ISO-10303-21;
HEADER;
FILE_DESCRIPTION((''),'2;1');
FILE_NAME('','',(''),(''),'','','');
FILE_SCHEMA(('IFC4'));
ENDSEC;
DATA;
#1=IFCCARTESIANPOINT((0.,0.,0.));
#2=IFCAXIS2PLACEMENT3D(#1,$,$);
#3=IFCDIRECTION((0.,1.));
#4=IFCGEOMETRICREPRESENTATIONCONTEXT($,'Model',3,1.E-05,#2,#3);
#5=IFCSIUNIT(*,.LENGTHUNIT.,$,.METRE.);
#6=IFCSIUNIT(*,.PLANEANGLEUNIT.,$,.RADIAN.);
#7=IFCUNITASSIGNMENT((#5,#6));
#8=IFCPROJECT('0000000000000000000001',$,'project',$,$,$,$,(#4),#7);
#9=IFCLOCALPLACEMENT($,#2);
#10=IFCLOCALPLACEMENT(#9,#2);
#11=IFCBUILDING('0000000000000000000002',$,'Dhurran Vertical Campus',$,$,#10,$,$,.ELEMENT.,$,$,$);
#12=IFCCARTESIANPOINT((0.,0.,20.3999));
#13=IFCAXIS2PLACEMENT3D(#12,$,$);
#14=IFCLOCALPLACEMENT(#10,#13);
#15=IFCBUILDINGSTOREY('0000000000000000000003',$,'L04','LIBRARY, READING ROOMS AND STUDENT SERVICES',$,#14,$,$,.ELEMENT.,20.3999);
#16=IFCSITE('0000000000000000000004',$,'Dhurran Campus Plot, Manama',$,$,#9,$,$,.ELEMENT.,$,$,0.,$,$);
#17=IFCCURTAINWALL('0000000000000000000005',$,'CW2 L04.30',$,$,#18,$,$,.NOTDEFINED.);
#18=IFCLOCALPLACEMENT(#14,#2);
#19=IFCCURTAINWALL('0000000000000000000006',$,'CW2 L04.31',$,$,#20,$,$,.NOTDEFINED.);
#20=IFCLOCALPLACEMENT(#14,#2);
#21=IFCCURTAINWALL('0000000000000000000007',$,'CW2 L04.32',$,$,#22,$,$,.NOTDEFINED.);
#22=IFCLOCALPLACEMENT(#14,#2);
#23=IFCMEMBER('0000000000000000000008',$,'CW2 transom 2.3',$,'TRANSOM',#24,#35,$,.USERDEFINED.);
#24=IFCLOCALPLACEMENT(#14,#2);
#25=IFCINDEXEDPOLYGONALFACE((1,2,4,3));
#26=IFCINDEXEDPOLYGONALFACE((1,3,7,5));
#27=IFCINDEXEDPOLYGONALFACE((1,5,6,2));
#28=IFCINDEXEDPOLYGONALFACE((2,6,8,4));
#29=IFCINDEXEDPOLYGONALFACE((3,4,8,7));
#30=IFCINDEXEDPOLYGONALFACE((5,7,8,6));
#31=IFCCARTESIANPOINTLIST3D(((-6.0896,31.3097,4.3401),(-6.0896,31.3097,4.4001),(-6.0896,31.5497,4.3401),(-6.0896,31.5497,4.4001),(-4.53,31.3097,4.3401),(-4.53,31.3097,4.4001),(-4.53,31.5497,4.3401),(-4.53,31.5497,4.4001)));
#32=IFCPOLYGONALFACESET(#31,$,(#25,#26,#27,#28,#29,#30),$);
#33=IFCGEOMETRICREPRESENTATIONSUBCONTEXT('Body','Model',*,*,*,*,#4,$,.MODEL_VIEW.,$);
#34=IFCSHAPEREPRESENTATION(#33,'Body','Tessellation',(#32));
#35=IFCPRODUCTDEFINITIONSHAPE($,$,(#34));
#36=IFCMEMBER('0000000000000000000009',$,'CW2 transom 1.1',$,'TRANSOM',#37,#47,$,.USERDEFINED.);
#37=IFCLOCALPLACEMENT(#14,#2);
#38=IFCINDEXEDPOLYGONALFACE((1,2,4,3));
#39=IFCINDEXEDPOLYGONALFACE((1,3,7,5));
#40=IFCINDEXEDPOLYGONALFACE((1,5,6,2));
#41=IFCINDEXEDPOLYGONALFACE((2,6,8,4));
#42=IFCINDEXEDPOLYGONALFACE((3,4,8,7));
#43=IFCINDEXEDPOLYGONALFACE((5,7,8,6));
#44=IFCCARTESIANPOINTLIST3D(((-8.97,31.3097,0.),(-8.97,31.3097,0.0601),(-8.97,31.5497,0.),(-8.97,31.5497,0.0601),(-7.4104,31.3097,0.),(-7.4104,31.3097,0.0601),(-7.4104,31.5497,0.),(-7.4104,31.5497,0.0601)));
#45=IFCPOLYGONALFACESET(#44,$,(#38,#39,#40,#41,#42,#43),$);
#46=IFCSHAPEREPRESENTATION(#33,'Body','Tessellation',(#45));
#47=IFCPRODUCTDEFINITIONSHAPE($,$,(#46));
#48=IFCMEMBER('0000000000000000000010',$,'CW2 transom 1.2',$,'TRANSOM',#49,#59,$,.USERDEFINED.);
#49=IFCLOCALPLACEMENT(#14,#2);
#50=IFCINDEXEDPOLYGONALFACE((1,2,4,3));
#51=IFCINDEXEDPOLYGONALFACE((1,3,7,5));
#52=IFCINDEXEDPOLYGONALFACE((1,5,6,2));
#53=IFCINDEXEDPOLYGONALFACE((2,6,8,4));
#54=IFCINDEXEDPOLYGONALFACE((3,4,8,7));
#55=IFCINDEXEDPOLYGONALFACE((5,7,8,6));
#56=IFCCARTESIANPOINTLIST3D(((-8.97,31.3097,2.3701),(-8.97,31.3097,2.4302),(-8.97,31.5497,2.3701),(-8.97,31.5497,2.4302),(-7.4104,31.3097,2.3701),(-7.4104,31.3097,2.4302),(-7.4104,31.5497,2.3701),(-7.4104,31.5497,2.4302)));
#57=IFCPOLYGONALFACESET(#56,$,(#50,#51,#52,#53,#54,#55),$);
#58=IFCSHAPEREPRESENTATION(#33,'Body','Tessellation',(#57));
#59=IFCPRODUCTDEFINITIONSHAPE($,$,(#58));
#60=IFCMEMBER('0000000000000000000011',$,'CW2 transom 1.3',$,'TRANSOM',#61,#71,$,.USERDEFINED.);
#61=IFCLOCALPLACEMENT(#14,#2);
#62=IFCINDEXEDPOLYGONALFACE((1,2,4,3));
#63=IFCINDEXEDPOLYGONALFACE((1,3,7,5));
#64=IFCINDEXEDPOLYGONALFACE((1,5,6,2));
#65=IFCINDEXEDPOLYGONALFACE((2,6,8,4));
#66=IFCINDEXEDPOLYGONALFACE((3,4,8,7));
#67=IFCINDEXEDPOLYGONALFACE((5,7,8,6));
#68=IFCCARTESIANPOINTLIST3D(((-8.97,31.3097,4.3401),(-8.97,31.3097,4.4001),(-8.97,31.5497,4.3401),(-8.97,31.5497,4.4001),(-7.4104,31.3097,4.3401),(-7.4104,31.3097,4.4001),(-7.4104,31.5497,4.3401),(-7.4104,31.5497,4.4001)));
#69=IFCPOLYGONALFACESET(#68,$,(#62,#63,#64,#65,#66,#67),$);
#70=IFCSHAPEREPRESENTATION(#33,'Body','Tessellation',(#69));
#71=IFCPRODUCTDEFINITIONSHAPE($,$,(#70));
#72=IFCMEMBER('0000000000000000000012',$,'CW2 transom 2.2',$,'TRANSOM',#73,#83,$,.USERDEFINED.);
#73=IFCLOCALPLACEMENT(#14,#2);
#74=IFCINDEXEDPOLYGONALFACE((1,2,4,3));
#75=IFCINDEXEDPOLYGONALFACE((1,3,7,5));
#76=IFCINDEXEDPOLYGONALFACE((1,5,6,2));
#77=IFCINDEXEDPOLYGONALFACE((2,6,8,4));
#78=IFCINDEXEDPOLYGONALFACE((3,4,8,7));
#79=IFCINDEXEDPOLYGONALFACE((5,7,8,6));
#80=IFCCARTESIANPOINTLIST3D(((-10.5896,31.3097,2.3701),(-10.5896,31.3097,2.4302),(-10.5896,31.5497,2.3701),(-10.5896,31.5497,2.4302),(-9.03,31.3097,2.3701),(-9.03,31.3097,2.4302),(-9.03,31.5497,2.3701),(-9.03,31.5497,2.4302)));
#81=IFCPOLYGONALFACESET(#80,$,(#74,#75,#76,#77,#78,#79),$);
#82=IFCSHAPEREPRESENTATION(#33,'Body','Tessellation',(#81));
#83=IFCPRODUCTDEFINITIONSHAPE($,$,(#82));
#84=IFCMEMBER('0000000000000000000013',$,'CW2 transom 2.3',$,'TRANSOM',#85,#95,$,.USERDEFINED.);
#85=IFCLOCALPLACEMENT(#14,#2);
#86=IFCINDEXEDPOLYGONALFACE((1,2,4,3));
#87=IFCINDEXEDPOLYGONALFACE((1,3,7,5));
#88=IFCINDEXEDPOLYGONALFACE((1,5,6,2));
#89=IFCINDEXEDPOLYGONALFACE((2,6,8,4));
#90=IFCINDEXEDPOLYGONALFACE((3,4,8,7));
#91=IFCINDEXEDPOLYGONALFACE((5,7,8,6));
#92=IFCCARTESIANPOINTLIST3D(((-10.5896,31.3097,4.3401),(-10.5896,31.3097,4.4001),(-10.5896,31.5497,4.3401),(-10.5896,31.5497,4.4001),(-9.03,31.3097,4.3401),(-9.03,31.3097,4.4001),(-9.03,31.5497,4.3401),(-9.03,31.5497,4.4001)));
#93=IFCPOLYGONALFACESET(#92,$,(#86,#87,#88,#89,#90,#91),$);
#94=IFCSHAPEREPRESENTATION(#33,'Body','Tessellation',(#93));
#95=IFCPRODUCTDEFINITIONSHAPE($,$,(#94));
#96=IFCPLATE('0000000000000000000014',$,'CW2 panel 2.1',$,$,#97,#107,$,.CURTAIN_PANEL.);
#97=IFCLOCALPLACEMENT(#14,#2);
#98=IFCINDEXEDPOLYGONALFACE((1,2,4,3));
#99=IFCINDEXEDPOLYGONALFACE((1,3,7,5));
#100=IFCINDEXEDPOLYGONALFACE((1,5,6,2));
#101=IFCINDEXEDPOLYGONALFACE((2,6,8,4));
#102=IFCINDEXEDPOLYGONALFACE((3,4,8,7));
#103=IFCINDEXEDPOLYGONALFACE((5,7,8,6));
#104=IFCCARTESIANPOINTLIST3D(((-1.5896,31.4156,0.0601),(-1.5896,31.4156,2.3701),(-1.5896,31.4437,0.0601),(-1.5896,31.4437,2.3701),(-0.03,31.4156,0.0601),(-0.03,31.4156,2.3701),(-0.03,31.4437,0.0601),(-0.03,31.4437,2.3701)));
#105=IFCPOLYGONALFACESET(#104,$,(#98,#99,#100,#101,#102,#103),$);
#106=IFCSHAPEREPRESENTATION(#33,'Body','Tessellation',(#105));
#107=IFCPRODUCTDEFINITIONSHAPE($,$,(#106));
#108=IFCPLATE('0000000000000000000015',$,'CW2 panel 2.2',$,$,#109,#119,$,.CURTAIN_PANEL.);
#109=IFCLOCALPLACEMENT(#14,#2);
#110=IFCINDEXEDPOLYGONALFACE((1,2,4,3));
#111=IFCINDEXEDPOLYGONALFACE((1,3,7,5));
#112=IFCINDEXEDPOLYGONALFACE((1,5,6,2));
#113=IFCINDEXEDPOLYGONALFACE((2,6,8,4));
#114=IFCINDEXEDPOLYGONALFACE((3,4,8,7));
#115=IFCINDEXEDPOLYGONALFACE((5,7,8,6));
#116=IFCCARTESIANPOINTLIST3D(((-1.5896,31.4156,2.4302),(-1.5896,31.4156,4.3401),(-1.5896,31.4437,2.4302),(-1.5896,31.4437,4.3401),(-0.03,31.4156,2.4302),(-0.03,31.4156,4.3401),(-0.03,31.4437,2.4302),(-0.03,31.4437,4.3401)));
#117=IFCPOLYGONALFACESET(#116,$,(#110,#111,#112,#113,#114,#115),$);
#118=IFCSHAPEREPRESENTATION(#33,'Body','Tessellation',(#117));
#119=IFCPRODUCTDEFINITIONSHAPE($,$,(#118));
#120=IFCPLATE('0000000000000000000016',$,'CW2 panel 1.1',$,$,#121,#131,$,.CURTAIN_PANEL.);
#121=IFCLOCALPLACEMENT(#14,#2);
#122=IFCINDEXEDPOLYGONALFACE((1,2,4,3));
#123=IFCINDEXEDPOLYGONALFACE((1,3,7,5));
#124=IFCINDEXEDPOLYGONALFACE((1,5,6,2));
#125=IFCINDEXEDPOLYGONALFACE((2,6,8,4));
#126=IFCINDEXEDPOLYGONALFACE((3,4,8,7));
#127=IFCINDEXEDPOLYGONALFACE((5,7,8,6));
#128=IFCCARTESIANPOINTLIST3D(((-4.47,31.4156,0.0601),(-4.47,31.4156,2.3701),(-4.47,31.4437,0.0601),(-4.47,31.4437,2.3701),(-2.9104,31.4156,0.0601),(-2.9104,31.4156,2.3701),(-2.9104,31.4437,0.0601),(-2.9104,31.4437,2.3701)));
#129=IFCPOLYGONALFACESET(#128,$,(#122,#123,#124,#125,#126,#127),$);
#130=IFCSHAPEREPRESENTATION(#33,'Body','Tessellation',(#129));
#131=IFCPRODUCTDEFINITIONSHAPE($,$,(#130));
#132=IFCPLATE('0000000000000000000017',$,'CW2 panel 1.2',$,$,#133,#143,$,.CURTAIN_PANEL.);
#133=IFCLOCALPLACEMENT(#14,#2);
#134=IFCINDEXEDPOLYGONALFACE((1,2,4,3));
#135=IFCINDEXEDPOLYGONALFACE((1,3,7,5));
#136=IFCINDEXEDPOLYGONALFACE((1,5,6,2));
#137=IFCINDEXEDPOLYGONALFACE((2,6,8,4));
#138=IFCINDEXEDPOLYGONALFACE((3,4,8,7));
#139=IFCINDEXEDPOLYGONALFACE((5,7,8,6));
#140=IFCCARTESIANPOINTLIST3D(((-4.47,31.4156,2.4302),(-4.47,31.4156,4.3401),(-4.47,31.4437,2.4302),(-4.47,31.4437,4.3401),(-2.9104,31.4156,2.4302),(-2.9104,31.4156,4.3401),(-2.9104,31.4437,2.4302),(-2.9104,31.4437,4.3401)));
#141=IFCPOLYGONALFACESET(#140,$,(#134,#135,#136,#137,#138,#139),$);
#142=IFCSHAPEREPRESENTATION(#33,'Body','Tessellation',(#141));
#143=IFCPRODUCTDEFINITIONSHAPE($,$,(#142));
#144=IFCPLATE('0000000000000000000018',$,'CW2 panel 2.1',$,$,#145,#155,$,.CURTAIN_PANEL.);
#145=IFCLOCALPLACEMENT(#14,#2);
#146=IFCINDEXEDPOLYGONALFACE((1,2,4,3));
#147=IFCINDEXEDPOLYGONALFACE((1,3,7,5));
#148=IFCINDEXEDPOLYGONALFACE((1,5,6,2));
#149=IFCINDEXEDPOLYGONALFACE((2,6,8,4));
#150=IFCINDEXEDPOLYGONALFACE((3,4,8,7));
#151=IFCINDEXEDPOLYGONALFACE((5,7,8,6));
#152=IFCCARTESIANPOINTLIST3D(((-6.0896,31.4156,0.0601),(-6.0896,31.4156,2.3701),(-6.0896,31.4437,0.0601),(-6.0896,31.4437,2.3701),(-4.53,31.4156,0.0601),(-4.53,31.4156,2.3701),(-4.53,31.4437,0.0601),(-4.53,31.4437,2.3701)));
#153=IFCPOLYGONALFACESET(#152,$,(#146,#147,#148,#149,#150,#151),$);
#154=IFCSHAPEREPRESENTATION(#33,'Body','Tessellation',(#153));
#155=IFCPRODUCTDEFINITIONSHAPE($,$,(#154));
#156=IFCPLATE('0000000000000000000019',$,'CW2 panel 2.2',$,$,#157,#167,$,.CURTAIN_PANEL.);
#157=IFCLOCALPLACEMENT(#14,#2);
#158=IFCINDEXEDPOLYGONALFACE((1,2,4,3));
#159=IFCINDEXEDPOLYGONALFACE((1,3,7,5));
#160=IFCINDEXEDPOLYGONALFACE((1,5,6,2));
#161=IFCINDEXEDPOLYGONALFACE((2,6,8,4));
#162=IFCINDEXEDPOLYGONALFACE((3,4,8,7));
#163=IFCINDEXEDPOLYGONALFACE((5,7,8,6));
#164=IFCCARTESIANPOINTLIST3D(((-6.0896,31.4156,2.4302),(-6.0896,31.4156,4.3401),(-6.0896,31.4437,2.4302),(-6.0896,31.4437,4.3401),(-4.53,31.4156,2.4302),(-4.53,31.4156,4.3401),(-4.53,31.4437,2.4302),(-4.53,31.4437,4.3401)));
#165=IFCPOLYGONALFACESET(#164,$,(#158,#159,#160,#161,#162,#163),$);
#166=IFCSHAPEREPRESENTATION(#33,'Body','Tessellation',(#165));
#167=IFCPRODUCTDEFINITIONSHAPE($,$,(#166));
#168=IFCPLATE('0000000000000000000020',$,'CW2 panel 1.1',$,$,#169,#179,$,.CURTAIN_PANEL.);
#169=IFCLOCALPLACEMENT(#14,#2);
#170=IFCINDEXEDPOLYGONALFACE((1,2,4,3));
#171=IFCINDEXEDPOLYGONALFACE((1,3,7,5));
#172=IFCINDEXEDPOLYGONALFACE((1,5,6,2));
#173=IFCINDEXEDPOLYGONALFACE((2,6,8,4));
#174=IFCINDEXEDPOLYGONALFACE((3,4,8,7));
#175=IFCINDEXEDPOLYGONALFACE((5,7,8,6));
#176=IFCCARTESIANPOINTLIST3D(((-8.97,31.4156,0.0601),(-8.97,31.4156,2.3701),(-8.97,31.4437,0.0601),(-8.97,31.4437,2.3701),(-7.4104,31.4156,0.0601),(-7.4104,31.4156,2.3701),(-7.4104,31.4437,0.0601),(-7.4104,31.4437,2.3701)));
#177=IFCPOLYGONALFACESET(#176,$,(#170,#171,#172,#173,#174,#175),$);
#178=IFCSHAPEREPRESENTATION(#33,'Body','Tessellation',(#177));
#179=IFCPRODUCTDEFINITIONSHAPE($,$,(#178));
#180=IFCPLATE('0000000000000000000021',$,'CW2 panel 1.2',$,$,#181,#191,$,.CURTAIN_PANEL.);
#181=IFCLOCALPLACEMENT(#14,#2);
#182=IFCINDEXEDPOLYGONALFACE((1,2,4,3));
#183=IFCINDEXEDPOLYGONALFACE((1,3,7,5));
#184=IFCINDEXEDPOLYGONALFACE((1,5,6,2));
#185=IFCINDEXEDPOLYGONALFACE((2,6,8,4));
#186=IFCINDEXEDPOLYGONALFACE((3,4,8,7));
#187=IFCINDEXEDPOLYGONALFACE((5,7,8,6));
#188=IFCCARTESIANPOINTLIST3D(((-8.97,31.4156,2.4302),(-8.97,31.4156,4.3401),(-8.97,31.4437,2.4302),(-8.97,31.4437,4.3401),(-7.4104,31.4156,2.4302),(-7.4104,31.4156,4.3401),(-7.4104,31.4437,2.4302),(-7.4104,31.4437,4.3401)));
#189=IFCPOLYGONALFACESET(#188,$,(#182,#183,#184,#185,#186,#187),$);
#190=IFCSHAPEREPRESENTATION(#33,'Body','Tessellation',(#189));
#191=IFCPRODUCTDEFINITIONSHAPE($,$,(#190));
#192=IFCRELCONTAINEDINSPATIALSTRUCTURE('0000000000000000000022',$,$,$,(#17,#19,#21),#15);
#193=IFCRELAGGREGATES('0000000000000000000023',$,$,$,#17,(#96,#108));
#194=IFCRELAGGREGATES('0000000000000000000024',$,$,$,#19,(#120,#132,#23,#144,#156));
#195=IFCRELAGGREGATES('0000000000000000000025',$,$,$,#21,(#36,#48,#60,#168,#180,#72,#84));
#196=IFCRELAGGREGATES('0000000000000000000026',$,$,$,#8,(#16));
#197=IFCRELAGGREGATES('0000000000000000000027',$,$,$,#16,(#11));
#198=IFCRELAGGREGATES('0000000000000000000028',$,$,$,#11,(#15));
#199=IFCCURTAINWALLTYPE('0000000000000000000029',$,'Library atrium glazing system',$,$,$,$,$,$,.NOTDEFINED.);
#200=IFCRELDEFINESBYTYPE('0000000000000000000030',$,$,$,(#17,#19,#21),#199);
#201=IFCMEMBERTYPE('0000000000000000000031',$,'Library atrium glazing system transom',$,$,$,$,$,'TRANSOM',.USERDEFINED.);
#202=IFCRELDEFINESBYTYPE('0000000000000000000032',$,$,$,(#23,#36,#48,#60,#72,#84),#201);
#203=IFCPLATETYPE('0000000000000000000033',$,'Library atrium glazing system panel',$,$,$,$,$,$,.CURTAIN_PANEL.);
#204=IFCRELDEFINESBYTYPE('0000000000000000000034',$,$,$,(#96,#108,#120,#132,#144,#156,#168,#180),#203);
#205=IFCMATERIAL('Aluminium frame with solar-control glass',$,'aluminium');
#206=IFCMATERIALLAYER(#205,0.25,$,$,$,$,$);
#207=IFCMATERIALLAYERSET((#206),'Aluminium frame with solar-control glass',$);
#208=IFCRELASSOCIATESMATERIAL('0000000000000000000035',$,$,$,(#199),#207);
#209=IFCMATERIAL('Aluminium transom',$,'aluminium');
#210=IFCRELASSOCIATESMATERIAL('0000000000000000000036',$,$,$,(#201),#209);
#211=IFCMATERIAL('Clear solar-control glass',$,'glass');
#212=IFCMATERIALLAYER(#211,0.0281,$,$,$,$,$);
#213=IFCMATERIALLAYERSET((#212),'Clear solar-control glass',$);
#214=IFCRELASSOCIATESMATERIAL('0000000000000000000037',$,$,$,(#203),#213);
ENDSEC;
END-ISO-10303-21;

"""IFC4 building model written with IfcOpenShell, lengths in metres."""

from ifc_helpers import new_model, si_unit, direction, frame, origin, origin_2d, place, context, subcontext, project, spatial, rectangle, extrude, material, layer, layer_set, material_profile, profile_set, type_object, element, aggregate, save


model = new_model("IFC4")

# Units and contexts
model_context = context("Model", 3, precision=1e-05, world=origin(), true_north=direction((0.0, 1.0)))
body_context = subcontext(model_context, "Body", "Model", "MODEL_VIEW")
ifc_project = project(units=[si_unit("LENGTHUNIT", "METRE"), si_unit("PLANEANGLEUNIT", "RADIAN")], contexts=[model_context])

# Site, building, storey
site_placement = place(None, origin())
site = spatial("IfcSite", under=ifc_project, at=site_placement, Name="Dhurran Campus Plot, Manama", CompositionType="ELEMENT", RefElevation=0.0)
building_placement = place(site_placement, origin())
building = spatial("IfcBuilding", under=site, at=building_placement, Name="Dhurran Vertical Campus", CompositionType="ELEMENT")
storey_placement = place(building_placement, frame((0.0, 0.0, 20.3999)))
storey = spatial("IfcBuildingStorey", under=building, at=storey_placement, Name="L04", Description="LIBRARY, READING ROOMS AND STUDENT SERVICES", CompositionType="ELEMENT", Elevation=20.3999)

# Curtain walls
ifc_material_1 = material(Name="Aluminium frame with solar-control glass", Category="aluminium")
ifc_layer_1 = layer(ifc_material_1, 0.25)
ifc_layer_set_1 = layer_set([ifc_layer_1], Name="Aluminium frame with solar-control glass")
curtain_wall_type = type_object("IfcCurtainWallType", Name="Library atrium glazing system", PredefinedType="NOTDEFINED", material=ifc_layer_set_1)
curtain_wall_1_placement = place(storey_placement, origin())
curtain_wall_1 = element("IfcCurtainWall", 1, at=curtain_wall_1_placement, inside=storey, type_object=curtain_wall_type, Name="CW2 L04.30", PredefinedType="NOTDEFINED")
curtain_wall_2_placement = place(storey_placement, origin())
curtain_wall_2 = element("IfcCurtainWall", 2, at=curtain_wall_2_placement, inside=storey, type_object=curtain_wall_type, Name="CW2 L04.31", PredefinedType="NOTDEFINED")
curtain_wall_3_placement = place(storey_placement, origin())
curtain_wall_3 = element("IfcCurtainWall", 3, at=curtain_wall_3_placement, inside=storey, type_object=curtain_wall_type, Name="CW2 L04.32", PredefinedType="NOTDEFINED")

# Members
ifc_material_2 = material(Name="Aluminium transom", Category="aluminium")
ifc_material_profile_1 = material_profile(ifc_material_2, rectangle(XDim=0.24, YDim=0.0601, at=origin_2d()), Name="Library atrium glazing system transom")
ifc_profile_set_1 = profile_set([ifc_material_profile_1], Name="Aluminium transom")
member_type_1 = type_object("IfcMemberType", Name="Library atrium glazing system transom", ElementType="TRANSOM", PredefinedType="USERDEFINED", material=ifc_profile_set_1)
member_1_placement = place(storey_placement, frame((-4.53, 31.4297, 4.3701), z_axis=(-1.0, 0.0, 0.0), x_axis=(0.0, -1.0, 0.0)))
member_1 = element("IfcMember", 4, at=member_1_placement, type_object=member_type_1, Name="CW2 transom 2.3", ObjectType="TRANSOM", PredefinedType="USERDEFINED", context=body_context, shape_type="SweptSolid", body=[
    extrude(rectangle(XDim=0.24, YDim=0.0601, at=origin_2d()), origin(), (0.0, 0.0, 1.0), 1.5596),
])
member_2_placement = place(storey_placement, frame((-7.4104, 31.4297, 0.03), z_axis=(-1.0, 0.0, 0.0), x_axis=(0.0, -1.0, 0.0)))
member_2 = element("IfcMember", 5, at=member_2_placement, type_object=member_type_1, Name="CW2 transom 1.1", ObjectType="TRANSOM", PredefinedType="USERDEFINED", context=body_context, shape_type="SweptSolid", body=[
    extrude(rectangle(XDim=0.24, YDim=0.0601, at=origin_2d()), origin(), (0.0, 0.0, 1.0), 1.5596),
])
member_3_placement = place(storey_placement, frame((-7.4104, 31.4297, 2.4001), z_axis=(-1.0, 0.0, 0.0), x_axis=(0.0, -1.0, 0.0)))
member_3 = element("IfcMember", 6, at=member_3_placement, type_object=member_type_1, Name="CW2 transom 1.2", ObjectType="TRANSOM", PredefinedType="USERDEFINED", context=body_context, shape_type="SweptSolid", body=[
    extrude(rectangle(XDim=0.24, YDim=0.0601, at=origin_2d()), origin(), (0.0, 0.0, 1.0), 1.5596),
])
member_4_placement = place(storey_placement, frame((-7.4104, 31.4297, 4.3701), z_axis=(-1.0, 0.0, 0.0), x_axis=(0.0, -1.0, 0.0)))
member_4 = element("IfcMember", 7, at=member_4_placement, type_object=member_type_1, Name="CW2 transom 1.3", ObjectType="TRANSOM", PredefinedType="USERDEFINED", context=body_context, shape_type="SweptSolid", body=[
    extrude(rectangle(XDim=0.24, YDim=0.0601, at=origin_2d()), origin(), (0.0, 0.0, 1.0), 1.5596),
])
member_5_placement = place(storey_placement, frame((-9.03, 31.4297, 2.4001), z_axis=(-1.0, 0.0, 0.0), x_axis=(0.0, -1.0, 0.0)))
member_5 = element("IfcMember", 8, at=member_5_placement, type_object=member_type_1, Name="CW2 transom 2.2", ObjectType="TRANSOM", PredefinedType="USERDEFINED", context=body_context, shape_type="SweptSolid", body=[
    extrude(rectangle(XDim=0.24, YDim=0.0601, at=origin_2d()), origin(), (0.0, 0.0, 1.0), 1.5596),
])
member_6_placement = place(storey_placement, frame((-9.03, 31.4297, 4.3701), z_axis=(-1.0, 0.0, 0.0), x_axis=(0.0, -1.0, 0.0)))
member_6 = element("IfcMember", 9, at=member_6_placement, type_object=member_type_1, Name="CW2 transom 2.3", ObjectType="TRANSOM", PredefinedType="USERDEFINED", context=body_context, shape_type="SweptSolid", body=[
    extrude(rectangle(XDim=0.24, YDim=0.0601, at=origin_2d()), origin(), (0.0, 0.0, 1.0), 1.5596),
])

# Plates
ifc_material_3 = material(Name="Clear solar-control glass", Category="glass")
ifc_layer_2 = layer(ifc_material_3, 0.0281)
ifc_layer_set_2 = layer_set([ifc_layer_2], Name="Clear solar-control glass")
plate_type = type_object("IfcPlateType", Name="Library atrium glazing system panel", PredefinedType="CURTAIN_PANEL", material=ifc_layer_set_2)
plate_1_placement = place(storey_placement, frame((-0.8098, 31.4297, 0.0601), z_axis=(0.0, 0.0, 1.0), x_axis=(-1.0, 0.0, 0.0)))
plate_1 = element("IfcPlate", 10, at=plate_1_placement, type_object=plate_type, Name="CW2 panel 2.1", PredefinedType="CURTAIN_PANEL", context=body_context, shape_type="SweptSolid", body=[
    extrude(rectangle(XDim=1.5596, YDim=0.0281, at=origin_2d()), origin(), (0.0, 0.0, 1.0), 2.3101),
])
plate_2_placement = place(storey_placement, frame((-0.8098, 31.4297, 2.4302), z_axis=(0.0, 0.0, 1.0), x_axis=(-1.0, 0.0, 0.0)))
plate_2 = element("IfcPlate", 11, at=plate_2_placement, type_object=plate_type, Name="CW2 panel 2.2", PredefinedType="CURTAIN_PANEL", context=body_context, shape_type="SweptSolid", body=[
    extrude(rectangle(XDim=1.5596, YDim=0.0281, at=origin_2d()), origin(), (0.0, 0.0, 1.0), 1.9099),
])
aggregate(curtain_wall_1, [plate_1, plate_2])
plate_3_placement = place(storey_placement, frame((-3.6902, 31.4297, 0.0601), z_axis=(0.0, 0.0, 1.0), x_axis=(-1.0, 0.0, 0.0)))
plate_3 = element("IfcPlate", 12, at=plate_3_placement, type_object=plate_type, Name="CW2 panel 1.1", PredefinedType="CURTAIN_PANEL", context=body_context, shape_type="SweptSolid", body=[
    extrude(rectangle(XDim=1.5596, YDim=0.0281, at=origin_2d()), origin(), (0.0, 0.0, 1.0), 2.3101),
])
plate_4_placement = place(storey_placement, frame((-3.6902, 31.4297, 2.4302), z_axis=(0.0, 0.0, 1.0), x_axis=(-1.0, 0.0, 0.0)))
plate_4 = element("IfcPlate", 13, at=plate_4_placement, type_object=plate_type, Name="CW2 panel 1.2", PredefinedType="CURTAIN_PANEL", context=body_context, shape_type="SweptSolid", body=[
    extrude(rectangle(XDim=1.5596, YDim=0.0281, at=origin_2d()), origin(), (0.0, 0.0, 1.0), 1.9099),
])
plate_5_placement = place(storey_placement, frame((-5.3098, 31.4297, 0.0601), z_axis=(0.0, 0.0, 1.0), x_axis=(-1.0, 0.0, 0.0)))
plate_5 = element("IfcPlate", 14, at=plate_5_placement, type_object=plate_type, Name="CW2 panel 2.1", PredefinedType="CURTAIN_PANEL", context=body_context, shape_type="SweptSolid", body=[
    extrude(rectangle(XDim=1.5596, YDim=0.0281, at=origin_2d()), origin(), (0.0, 0.0, 1.0), 2.3101),
])
plate_6_placement = place(storey_placement, frame((-5.3098, 31.4297, 2.4302), z_axis=(0.0, 0.0, 1.0), x_axis=(-1.0, 0.0, 0.0)))
plate_6 = element("IfcPlate", 15, at=plate_6_placement, type_object=plate_type, Name="CW2 panel 2.2", PredefinedType="CURTAIN_PANEL", context=body_context, shape_type="SweptSolid", body=[
    extrude(rectangle(XDim=1.5596, YDim=0.0281, at=origin_2d()), origin(), (0.0, 0.0, 1.0), 1.9099),
])
aggregate(curtain_wall_2, [plate_3, plate_4, member_1, plate_5, plate_6])
plate_7_placement = place(storey_placement, frame((-8.1902, 31.4297, 0.0601), z_axis=(0.0, 0.0, 1.0), x_axis=(-1.0, 0.0, 0.0)))
plate_7 = element("IfcPlate", 16, at=plate_7_placement, type_object=plate_type, Name="CW2 panel 1.1", PredefinedType="CURTAIN_PANEL", context=body_context, shape_type="SweptSolid", body=[
    extrude(rectangle(XDim=1.5596, YDim=0.0281, at=origin_2d()), origin(), (0.0, 0.0, 1.0), 2.3101),
])
plate_8_placement = place(storey_placement, frame((-8.1902, 31.4297, 2.4302), z_axis=(0.0, 0.0, 1.0), x_axis=(-1.0, 0.0, 0.0)))
plate_8 = element("IfcPlate", 17, at=plate_8_placement, type_object=plate_type, Name="CW2 panel 1.2", PredefinedType="CURTAIN_PANEL", context=body_context, shape_type="SweptSolid", body=[
    extrude(rectangle(XDim=1.5596, YDim=0.0281, at=origin_2d()), origin(), (0.0, 0.0, 1.0), 1.9099),
])
aggregate(curtain_wall_3, [member_2, member_3, member_4, plate_7, plate_8, member_5, member_6])

save(model, "model.ifc")
